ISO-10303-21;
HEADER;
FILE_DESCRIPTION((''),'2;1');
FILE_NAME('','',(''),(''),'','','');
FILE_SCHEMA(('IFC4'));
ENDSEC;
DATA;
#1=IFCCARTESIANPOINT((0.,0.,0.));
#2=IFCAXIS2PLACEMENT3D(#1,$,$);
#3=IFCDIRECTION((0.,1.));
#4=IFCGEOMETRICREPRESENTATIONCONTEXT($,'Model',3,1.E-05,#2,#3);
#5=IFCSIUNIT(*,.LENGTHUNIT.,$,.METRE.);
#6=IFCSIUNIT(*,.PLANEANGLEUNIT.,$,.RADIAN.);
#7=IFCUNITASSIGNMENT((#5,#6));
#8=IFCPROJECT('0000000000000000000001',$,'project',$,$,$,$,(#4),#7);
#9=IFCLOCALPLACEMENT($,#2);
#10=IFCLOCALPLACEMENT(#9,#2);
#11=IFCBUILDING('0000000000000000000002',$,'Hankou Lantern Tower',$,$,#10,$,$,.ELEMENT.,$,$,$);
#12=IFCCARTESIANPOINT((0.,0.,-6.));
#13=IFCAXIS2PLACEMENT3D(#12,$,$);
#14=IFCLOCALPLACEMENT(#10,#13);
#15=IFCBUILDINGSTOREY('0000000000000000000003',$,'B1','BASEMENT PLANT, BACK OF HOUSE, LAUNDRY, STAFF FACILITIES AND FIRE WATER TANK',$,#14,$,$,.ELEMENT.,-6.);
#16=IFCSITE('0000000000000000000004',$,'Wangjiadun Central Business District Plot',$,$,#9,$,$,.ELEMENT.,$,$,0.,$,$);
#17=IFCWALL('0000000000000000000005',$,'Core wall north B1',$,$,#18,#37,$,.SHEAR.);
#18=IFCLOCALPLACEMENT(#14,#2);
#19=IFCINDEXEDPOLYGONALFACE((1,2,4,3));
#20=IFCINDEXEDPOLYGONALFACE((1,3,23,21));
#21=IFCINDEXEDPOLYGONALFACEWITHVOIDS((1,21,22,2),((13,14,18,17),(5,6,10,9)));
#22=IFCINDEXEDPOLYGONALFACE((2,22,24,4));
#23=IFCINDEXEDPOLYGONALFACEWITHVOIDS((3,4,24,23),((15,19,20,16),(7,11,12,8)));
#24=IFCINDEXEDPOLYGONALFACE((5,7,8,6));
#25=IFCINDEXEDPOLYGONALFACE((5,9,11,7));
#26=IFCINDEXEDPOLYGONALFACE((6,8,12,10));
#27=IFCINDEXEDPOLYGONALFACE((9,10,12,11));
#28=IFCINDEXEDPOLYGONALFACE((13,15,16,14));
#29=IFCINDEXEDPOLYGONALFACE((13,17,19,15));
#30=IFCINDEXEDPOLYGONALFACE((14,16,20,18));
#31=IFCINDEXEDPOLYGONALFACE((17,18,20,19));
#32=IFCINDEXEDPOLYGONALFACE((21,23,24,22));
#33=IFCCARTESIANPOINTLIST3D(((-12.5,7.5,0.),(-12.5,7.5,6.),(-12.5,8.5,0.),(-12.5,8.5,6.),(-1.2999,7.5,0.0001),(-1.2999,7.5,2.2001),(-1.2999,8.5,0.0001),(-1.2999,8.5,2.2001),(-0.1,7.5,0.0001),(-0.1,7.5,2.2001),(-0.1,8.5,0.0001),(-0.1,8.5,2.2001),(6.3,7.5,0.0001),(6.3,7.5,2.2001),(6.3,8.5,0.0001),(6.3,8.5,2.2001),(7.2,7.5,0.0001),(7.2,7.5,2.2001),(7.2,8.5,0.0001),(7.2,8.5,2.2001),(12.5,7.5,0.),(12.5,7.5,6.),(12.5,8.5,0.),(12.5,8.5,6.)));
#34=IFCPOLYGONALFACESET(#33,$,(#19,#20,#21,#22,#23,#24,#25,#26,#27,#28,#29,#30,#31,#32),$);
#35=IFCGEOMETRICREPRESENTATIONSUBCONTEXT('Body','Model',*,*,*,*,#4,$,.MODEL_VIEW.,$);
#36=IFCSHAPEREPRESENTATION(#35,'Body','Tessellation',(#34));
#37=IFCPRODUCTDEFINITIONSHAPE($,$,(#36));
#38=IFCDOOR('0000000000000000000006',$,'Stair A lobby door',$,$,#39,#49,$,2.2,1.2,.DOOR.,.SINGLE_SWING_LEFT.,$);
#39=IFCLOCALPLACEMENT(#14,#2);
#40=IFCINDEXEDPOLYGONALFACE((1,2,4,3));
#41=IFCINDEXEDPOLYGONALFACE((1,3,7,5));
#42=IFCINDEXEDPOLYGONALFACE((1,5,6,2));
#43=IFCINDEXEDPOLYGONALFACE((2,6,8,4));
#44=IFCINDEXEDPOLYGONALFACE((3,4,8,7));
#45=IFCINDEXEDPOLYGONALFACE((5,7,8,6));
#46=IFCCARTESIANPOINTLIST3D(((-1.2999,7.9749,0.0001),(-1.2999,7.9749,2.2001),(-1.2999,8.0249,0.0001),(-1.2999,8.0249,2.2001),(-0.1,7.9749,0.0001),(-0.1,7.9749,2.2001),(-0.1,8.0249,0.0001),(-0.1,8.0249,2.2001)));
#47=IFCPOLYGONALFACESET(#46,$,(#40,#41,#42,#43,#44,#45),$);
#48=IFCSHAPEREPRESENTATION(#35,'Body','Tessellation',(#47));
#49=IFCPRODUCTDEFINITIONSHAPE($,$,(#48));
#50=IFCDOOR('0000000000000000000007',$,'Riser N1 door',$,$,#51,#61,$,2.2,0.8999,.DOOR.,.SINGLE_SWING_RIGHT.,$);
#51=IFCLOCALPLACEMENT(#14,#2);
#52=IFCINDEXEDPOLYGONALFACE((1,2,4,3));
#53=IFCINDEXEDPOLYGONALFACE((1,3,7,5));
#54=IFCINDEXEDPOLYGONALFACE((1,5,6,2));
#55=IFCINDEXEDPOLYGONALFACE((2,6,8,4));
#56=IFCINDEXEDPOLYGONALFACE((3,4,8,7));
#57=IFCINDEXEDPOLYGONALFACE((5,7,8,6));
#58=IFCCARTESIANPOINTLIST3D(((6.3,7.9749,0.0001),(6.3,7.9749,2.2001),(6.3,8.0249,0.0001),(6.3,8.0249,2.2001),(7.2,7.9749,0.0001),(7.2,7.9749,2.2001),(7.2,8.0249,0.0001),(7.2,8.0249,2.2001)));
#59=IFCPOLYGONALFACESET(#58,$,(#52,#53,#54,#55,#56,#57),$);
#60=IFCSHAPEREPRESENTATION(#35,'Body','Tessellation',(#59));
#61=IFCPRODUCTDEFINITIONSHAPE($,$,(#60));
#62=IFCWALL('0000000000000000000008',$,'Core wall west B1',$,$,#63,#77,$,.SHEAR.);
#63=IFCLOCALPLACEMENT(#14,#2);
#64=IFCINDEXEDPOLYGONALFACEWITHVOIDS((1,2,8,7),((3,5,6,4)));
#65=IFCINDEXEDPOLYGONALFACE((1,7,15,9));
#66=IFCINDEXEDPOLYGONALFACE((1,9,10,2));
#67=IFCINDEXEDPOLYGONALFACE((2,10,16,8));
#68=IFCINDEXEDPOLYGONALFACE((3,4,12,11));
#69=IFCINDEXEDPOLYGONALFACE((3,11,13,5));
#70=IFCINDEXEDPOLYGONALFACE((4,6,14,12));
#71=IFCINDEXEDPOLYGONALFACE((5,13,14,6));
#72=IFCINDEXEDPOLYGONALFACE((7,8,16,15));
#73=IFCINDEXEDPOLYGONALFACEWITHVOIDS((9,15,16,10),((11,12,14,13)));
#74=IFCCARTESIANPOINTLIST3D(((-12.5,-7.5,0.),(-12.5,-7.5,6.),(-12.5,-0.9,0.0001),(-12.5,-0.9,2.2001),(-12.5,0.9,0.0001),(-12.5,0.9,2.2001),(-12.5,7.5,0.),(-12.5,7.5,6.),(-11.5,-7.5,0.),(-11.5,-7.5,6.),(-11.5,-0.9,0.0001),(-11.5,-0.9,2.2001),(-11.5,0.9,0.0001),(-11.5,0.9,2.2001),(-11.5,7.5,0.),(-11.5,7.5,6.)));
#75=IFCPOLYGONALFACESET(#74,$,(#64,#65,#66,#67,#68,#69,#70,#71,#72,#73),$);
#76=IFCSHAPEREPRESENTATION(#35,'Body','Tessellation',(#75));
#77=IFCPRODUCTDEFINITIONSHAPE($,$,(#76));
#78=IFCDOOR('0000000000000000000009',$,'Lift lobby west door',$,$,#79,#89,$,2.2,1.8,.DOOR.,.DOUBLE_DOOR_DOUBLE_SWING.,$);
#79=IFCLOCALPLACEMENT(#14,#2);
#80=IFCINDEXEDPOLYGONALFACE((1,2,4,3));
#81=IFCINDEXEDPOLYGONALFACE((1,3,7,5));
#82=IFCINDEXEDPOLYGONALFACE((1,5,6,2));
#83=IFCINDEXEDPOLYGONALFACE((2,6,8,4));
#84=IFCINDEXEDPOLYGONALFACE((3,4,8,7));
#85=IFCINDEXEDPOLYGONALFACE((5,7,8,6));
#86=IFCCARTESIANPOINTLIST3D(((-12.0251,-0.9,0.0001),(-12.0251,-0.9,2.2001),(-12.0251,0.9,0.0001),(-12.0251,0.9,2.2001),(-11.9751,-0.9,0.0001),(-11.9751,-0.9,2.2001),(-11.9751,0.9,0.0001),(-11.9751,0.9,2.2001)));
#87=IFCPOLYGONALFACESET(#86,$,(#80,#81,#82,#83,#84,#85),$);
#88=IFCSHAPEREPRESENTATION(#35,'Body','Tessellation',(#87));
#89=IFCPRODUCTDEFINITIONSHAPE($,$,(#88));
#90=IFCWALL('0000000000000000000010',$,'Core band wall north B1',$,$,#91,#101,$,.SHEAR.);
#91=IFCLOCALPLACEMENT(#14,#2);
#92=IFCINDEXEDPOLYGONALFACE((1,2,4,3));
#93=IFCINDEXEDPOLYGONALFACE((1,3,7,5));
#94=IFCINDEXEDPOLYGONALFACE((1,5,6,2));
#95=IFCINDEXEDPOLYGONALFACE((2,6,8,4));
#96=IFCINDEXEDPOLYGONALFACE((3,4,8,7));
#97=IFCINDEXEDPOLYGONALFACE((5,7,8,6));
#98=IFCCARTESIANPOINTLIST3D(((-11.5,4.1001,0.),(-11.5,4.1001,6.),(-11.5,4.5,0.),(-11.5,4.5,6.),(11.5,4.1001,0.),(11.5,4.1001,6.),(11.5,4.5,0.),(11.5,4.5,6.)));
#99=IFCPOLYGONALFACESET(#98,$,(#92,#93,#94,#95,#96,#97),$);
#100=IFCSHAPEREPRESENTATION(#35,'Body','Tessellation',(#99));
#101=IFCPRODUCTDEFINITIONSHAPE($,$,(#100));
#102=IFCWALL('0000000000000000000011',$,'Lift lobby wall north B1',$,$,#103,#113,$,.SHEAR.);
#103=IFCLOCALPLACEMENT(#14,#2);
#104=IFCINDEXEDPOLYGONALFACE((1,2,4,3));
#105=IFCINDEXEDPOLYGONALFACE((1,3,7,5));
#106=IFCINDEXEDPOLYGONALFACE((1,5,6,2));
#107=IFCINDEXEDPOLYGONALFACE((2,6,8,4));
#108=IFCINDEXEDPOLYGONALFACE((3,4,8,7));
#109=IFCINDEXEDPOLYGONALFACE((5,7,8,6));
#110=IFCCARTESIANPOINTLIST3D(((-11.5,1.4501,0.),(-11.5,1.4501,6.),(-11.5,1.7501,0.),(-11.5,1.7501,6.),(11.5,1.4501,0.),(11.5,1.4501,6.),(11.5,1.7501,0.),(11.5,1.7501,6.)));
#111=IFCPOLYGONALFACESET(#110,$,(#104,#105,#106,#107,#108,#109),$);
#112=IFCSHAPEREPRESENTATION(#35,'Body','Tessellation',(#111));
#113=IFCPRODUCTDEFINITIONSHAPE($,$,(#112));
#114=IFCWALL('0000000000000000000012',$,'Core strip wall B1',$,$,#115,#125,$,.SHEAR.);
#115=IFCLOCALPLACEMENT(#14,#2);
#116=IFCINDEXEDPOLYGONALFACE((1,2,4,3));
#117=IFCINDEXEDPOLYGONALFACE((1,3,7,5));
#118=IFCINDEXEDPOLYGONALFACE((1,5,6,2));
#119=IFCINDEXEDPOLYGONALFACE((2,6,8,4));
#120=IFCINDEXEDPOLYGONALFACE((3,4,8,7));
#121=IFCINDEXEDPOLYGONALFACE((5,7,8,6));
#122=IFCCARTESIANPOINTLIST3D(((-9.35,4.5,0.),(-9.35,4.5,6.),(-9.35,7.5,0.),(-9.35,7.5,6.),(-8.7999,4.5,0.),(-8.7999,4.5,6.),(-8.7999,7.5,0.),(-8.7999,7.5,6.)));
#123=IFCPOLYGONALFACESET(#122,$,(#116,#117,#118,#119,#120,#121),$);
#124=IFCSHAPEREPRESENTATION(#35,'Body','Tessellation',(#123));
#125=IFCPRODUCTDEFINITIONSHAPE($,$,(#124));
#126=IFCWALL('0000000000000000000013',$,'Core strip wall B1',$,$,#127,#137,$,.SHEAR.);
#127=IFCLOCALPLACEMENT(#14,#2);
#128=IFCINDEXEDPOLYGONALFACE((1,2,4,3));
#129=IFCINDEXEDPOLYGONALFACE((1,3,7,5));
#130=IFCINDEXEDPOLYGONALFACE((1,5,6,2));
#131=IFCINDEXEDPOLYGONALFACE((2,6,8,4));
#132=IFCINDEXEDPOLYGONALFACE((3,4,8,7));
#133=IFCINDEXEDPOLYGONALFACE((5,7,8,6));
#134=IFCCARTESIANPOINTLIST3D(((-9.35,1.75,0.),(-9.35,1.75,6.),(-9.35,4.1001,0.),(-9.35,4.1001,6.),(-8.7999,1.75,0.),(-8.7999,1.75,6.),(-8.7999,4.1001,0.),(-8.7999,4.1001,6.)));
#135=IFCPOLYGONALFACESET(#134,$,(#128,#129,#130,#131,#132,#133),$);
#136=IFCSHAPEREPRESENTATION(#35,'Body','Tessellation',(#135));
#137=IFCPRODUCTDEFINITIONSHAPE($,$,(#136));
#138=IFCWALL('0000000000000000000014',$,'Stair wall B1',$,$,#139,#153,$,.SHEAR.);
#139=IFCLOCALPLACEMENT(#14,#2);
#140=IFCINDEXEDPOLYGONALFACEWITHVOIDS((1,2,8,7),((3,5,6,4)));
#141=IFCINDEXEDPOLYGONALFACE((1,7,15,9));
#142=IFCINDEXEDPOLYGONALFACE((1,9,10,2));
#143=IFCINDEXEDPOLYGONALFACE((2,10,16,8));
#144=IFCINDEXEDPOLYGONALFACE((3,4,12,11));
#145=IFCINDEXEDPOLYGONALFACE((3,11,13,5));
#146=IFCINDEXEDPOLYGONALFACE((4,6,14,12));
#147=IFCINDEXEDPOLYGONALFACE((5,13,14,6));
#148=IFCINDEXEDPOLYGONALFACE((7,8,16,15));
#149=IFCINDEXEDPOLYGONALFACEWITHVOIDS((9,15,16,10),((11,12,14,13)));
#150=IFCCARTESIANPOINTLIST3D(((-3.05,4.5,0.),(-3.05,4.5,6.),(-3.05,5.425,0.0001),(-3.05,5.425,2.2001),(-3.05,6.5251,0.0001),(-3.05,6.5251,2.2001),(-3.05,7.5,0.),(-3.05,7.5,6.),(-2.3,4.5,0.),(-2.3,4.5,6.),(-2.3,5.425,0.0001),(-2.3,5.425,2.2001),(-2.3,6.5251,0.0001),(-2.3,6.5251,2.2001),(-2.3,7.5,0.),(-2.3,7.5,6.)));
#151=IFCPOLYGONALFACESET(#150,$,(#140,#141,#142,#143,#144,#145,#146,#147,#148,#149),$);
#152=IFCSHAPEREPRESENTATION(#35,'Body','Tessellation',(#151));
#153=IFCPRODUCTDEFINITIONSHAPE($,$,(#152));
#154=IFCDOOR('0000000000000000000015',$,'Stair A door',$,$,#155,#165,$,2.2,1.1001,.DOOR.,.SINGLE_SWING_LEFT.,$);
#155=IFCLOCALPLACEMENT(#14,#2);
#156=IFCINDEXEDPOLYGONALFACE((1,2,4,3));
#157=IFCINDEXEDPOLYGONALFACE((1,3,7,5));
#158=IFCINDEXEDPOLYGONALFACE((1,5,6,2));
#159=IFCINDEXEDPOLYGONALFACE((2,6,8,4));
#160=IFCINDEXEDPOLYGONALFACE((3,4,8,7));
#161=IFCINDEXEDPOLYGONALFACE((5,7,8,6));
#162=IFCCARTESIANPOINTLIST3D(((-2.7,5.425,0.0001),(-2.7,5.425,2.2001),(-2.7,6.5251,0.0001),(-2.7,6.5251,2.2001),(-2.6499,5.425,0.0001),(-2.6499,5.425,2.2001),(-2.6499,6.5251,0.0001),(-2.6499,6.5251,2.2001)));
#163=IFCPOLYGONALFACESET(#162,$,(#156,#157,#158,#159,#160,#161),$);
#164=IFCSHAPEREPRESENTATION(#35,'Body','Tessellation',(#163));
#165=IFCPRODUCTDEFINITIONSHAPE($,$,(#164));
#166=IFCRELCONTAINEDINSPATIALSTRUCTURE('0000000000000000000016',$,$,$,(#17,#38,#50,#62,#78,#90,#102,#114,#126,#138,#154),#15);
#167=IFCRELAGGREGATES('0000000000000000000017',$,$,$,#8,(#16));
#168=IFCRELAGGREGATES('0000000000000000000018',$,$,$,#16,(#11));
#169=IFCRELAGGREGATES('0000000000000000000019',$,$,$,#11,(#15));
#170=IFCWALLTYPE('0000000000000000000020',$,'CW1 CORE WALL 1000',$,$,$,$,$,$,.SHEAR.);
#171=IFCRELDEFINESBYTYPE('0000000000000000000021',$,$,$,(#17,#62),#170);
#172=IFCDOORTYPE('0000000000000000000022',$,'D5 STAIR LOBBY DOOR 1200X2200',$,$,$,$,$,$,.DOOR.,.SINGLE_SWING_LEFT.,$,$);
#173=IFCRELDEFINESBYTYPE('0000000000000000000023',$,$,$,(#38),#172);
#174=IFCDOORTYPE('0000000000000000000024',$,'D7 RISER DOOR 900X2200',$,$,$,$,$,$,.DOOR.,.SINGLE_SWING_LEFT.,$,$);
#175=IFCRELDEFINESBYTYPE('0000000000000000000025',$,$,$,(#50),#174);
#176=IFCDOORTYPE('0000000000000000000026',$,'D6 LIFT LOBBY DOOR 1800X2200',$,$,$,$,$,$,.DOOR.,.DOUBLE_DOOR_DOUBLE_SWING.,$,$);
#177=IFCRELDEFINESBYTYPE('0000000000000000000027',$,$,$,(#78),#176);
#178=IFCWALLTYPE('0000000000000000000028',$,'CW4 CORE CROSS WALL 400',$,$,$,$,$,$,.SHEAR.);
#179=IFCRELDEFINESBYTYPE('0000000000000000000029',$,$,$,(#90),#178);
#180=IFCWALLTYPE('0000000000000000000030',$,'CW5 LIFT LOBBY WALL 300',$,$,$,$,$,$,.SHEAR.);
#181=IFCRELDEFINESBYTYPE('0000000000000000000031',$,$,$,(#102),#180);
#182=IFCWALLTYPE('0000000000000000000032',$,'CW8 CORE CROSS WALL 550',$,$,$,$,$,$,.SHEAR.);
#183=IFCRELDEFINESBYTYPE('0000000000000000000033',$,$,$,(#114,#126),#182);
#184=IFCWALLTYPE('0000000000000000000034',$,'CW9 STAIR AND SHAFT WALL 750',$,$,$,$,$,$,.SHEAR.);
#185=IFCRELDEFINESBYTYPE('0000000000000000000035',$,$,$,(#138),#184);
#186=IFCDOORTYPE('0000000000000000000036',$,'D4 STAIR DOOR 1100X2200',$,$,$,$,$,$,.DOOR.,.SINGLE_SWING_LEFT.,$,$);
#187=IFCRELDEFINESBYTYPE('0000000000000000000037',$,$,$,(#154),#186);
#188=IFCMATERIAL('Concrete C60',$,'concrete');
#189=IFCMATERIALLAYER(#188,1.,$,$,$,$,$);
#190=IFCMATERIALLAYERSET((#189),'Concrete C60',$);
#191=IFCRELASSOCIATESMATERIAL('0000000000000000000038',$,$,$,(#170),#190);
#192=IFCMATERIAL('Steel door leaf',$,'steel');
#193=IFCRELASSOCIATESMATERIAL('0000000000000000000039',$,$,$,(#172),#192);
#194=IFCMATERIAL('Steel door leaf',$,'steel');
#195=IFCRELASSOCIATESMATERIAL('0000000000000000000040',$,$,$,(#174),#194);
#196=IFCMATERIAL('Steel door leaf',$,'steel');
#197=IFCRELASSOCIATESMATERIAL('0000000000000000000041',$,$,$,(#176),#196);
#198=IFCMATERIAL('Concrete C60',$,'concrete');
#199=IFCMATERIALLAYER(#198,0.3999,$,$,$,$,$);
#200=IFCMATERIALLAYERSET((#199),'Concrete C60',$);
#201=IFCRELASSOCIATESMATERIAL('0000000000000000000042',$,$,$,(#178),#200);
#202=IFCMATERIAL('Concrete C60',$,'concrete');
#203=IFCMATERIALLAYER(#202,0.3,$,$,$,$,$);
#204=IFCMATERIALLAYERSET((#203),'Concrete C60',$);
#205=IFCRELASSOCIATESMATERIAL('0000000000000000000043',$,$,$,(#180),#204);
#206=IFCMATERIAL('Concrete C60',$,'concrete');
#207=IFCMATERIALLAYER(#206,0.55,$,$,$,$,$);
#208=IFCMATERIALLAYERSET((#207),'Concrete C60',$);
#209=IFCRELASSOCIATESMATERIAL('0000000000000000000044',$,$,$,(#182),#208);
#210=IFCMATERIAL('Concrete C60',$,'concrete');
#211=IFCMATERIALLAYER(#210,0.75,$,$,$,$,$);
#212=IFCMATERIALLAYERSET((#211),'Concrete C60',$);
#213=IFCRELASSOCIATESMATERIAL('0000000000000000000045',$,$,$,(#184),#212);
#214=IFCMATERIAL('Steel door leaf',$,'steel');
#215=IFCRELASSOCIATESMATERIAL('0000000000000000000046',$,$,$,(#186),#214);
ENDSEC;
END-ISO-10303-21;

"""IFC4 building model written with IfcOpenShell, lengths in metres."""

from ifc_helpers import new_model, si_unit, direction, frame, frame_2d, origin, place, context, subcontext, project, spatial, rectangle, extrude, material, layer, layer_set, type_object, element, fill, save


model = new_model("IFC4")

# Units and contexts
model_context = context("Model", 3, precision=1e-05, world=origin(), true_north=direction((0.0, 1.0)))
body_context = subcontext(model_context, "Body", "Model", "MODEL_VIEW")
ifc_project = project(units=[si_unit("LENGTHUNIT", "METRE"), si_unit("PLANEANGLEUNIT", "RADIAN")], contexts=[model_context])

# Site, building, storey
site_placement = place(None, origin())
site = spatial("IfcSite", under=ifc_project, at=site_placement, Name="Wangjiadun Central Business District Plot", CompositionType="ELEMENT", RefElevation=0.0)
building_placement = place(site_placement, origin())
building = spatial("IfcBuilding", under=site, at=building_placement, Name="Hankou Lantern Tower", CompositionType="ELEMENT")
storey_placement = place(building_placement, frame((0.0, 0.0, -6.0)))
storey = spatial("IfcBuildingStorey", under=building, at=storey_placement, Name="B1", Description="BASEMENT PLANT, BACK OF HOUSE, LAUNDRY, STAFF FACILITIES AND FIRE WATER TANK", CompositionType="ELEMENT", Elevation=-6.0)

# Wall, openings, doors
ifc_material_1 = material(Name="Concrete C60", Category="concrete")
ifc_layer_1 = layer(ifc_material_1, 1.0)
ifc_layer_set_1 = layer_set([ifc_layer_1], Name="Concrete C60")
wall_type_1 = type_object("IfcWallType", Name="CW1 CORE WALL 1000", PredefinedType="SHEAR", material=ifc_layer_set_1)
wall_1_placement = place(storey_placement, frame((-12.5, 8.0, 0.0), z_axis=(0.0, 0.0, 1.0), x_axis=(1.0, 0.0, 0.0)))
wall_1 = element("IfcWall", 1, at=wall_1_placement, inside=storey, type_object=wall_type_1, Name="Core wall north B1", PredefinedType="SHEAR", context=body_context, shape_type="SweptSolid", body=[
    extrude(rectangle(XDim=25.0, YDim=1.0, at=frame_2d((12.5, 0.0))), origin(), (0.0, 0.0, 1.0), 6.0),
])
opening_1_placement = place(wall_1_placement, frame((11.2, 0.0, 0.0)))
opening_1 = element("IfcOpeningElement", 2, at=opening_1_placement, cuts=wall_1, PredefinedType="OPENING", context=body_context, shape_type="SweptSolid", body=[
    extrude(rectangle(XDim=1.2, YDim=2.2, at=frame_2d((0.6001, 1.1001))), frame((0.0, 0.51, 0.0), z_axis=(0.0, -1.0, 0.0), x_axis=(1.0, 0.0, 0.0)), (0.0, 0.0, 1.0), 1.02),
])
opening_2_placement = place(wall_1_placement, frame((18.8, 0.0, 0.0)))
opening_2 = element("IfcOpeningElement", 3, at=opening_2_placement, cuts=wall_1, PredefinedType="OPENING", context=body_context, shape_type="SweptSolid", body=[
    extrude(rectangle(XDim=0.8999, YDim=2.2, at=frame_2d((0.45, 1.1001))), frame((0.0, 0.51, 0.0), z_axis=(0.0, -1.0, 0.0), x_axis=(1.0, 0.0, 0.0)), (0.0, 0.0, 1.0), 1.02),
])
ifc_material_2 = material(Name="Steel door leaf", Category="steel")
door_type_1 = type_object("IfcDoorType", Name="D5 STAIR LOBBY DOOR 1200X2200", OperationType="SINGLE_SWING_LEFT", PredefinedType="DOOR", material=ifc_material_2)
door_1_placement = place(opening_1_placement, origin())
door_1 = element("IfcDoor", 4, at=door_1_placement, inside=storey, type_object=door_type_1, Name="Stair A lobby door", OperationType="SINGLE_SWING_LEFT", OverallHeight=2.2, OverallWidth=1.2, PredefinedType="DOOR", context=body_context, shape_type="SweptSolid", body=[
    extrude(rectangle(XDim=1.2, YDim=2.2, at=frame_2d((0.6001, 1.1001))), frame((0.0, 0.0249, 0.0), z_axis=(0.0, -1.0, 0.0), x_axis=(1.0, 0.0, 0.0)), (0.0, 0.0, 1.0), 0.05),
])
fill(opening_1, door_1)
ifc_material_3 = material(Name="Steel door leaf", Category="steel")
door_type_2 = type_object("IfcDoorType", Name="D7 RISER DOOR 900X2200", OperationType="SINGLE_SWING_LEFT", PredefinedType="DOOR", material=ifc_material_3)
door_2_placement = place(opening_2_placement, origin())
door_2 = element("IfcDoor", 5, at=door_2_placement, inside=storey, type_object=door_type_2, Name="Riser N1 door", OperationType="SINGLE_SWING_RIGHT", OverallHeight=2.2, OverallWidth=0.8999, PredefinedType="DOOR", context=body_context, shape_type="SweptSolid", body=[
    extrude(rectangle(XDim=0.8999, YDim=2.2, at=frame_2d((0.45, 1.1001))), frame((0.0, 0.0249, 0.0), z_axis=(0.0, -1.0, 0.0), x_axis=(1.0, 0.0, 0.0)), (0.0, 0.0, 1.0), 0.05),
])
fill(opening_2, door_2)

# Wall, opening, door
wall_2_placement = place(storey_placement, frame((-12.0, 7.5, 0.0), z_axis=(0.0, 0.0, 1.0), x_axis=(0.0, -1.0, 0.0)))
wall_2 = element("IfcWall", 6, at=wall_2_placement, inside=storey, type_object=wall_type_1, Name="Core wall west B1", PredefinedType="SHEAR", context=body_context, shape_type="SweptSolid", body=[
    extrude(rectangle(XDim=15.0, YDim=1.0, at=frame_2d((7.5, 0.0))), origin(), (0.0, 0.0, 1.0), 6.0),
])
opening_3_placement = place(wall_2_placement, frame((6.6001, 0.0, 0.0)))
opening_3 = element("IfcOpeningElement", 7, at=opening_3_placement, cuts=wall_2, PredefinedType="OPENING", context=body_context, shape_type="SweptSolid", body=[
    extrude(rectangle(XDim=1.8, YDim=2.2, at=frame_2d((0.8999, 1.1001))), frame((0.0, 0.51, 0.0), z_axis=(0.0, -1.0, 0.0), x_axis=(1.0, 0.0, 0.0)), (0.0, 0.0, 1.0), 1.02),
])
ifc_material_4 = material(Name="Steel door leaf", Category="steel")
door_type_3 = type_object("IfcDoorType", Name="D6 LIFT LOBBY DOOR 1800X2200", OperationType="DOUBLE_DOOR_DOUBLE_SWING", PredefinedType="DOOR", material=ifc_material_4)
door_3_placement = place(opening_3_placement, origin())
door_3 = element("IfcDoor", 8, at=door_3_placement, inside=storey, type_object=door_type_3, Name="Lift lobby west door", OperationType="DOUBLE_DOOR_DOUBLE_SWING", OverallHeight=2.2, OverallWidth=1.8, PredefinedType="DOOR", context=body_context, shape_type="SweptSolid", body=[
    extrude(rectangle(XDim=1.8, YDim=2.2, at=frame_2d((0.8999, 1.1001))), frame((0.0, 0.0249, 0.0), z_axis=(0.0, -1.0, 0.0), x_axis=(1.0, 0.0, 0.0)), (0.0, 0.0, 1.0), 0.05),
])
fill(opening_3, door_3)

# Walls
ifc_material_5 = material(Name="Concrete C60", Category="concrete")
ifc_layer_2 = layer(ifc_material_5, 0.3999)
ifc_layer_set_2 = layer_set([ifc_layer_2], Name="Concrete C60")
wall_type_2 = type_object("IfcWallType", Name="CW4 CORE CROSS WALL 400", PredefinedType="SHEAR", material=ifc_layer_set_2)
wall_3_placement = place(storey_placement, frame((-11.5, 4.3, 0.0), z_axis=(0.0, 0.0, 1.0), x_axis=(1.0, 0.0, 0.0)))
element("IfcWall", 9, at=wall_3_placement, inside=storey, type_object=wall_type_2, Name="Core band wall north B1", PredefinedType="SHEAR", context=body_context, shape_type="SweptSolid", body=[
    extrude(rectangle(XDim=23.0, YDim=0.3999, at=frame_2d((11.5, 0.0))), origin(), (0.0, 0.0, 1.0), 6.0),
])
ifc_material_6 = material(Name="Concrete C60", Category="concrete")
ifc_layer_3 = layer(ifc_material_6, 0.3)
ifc_layer_set_3 = layer_set([ifc_layer_3], Name="Concrete C60")
wall_type_3 = type_object("IfcWallType", Name="CW5 LIFT LOBBY WALL 300", PredefinedType="SHEAR", material=ifc_layer_set_3)
wall_4_placement = place(storey_placement, frame((-11.5, 1.6001, 0.0), z_axis=(0.0, 0.0, 1.0), x_axis=(1.0, 0.0, 0.0)))
element("IfcWall", 10, at=wall_4_placement, inside=storey, type_object=wall_type_3, Name="Lift lobby wall north B1", PredefinedType="SHEAR", context=body_context, shape_type="SweptSolid", body=[
    extrude(rectangle(XDim=23.0, YDim=0.3, at=frame_2d((11.5, 0.0))), origin(), (0.0, 0.0, 1.0), 6.0),
])
ifc_material_7 = material(Name="Concrete C60", Category="concrete")
ifc_layer_4 = layer(ifc_material_7, 0.55)
ifc_layer_set_4 = layer_set([ifc_layer_4], Name="Concrete C60")
wall_type_4 = type_object("IfcWallType", Name="CW8 CORE CROSS WALL 550", PredefinedType="SHEAR", material=ifc_layer_set_4)
wall_5_placement = place(storey_placement, frame((-9.075, 4.5, 0.0), z_axis=(0.0, 0.0, 1.0), x_axis=(0.0, 1.0, 0.0)))
element("IfcWall", 11, at=wall_5_placement, inside=storey, type_object=wall_type_4, Name="Core strip wall B1", PredefinedType="SHEAR", context=body_context, shape_type="SweptSolid", body=[
    extrude(rectangle(XDim=3.0, YDim=0.55, at=frame_2d((1.5, 0.0))), origin(), (0.0, 0.0, 1.0), 6.0),
])
wall_6_placement = place(storey_placement, frame((-9.075, 1.75, 0.0), z_axis=(0.0, 0.0, 1.0), x_axis=(0.0, 1.0, 0.0)))
element("IfcWall", 12, at=wall_6_placement, inside=storey, type_object=wall_type_4, Name="Core strip wall B1", PredefinedType="SHEAR", context=body_context, shape_type="SweptSolid", body=[
    extrude(rectangle(XDim=2.3501, YDim=0.55, at=frame_2d((1.175, 0.0))), origin(), (0.0, 0.0, 1.0), 6.0),
])

# Wall, opening, door
ifc_material_8 = material(Name="Concrete C60", Category="concrete")
ifc_layer_5 = layer(ifc_material_8, 0.75)
ifc_layer_set_5 = layer_set([ifc_layer_5], Name="Concrete C60")
wall_type_5 = type_object("IfcWallType", Name="CW9 STAIR AND SHAFT WALL 750", PredefinedType="SHEAR", material=ifc_layer_set_5)
wall_7_placement = place(storey_placement, frame((-2.675, 4.5, 0.0), z_axis=(0.0, 0.0, 1.0), x_axis=(0.0, 1.0, 0.0)))
wall_7 = element("IfcWall", 13, at=wall_7_placement, inside=storey, type_object=wall_type_5, Name="Stair wall B1", PredefinedType="SHEAR", context=body_context, shape_type="SweptSolid", body=[
    extrude(rectangle(XDim=3.0, YDim=0.75, at=frame_2d((1.5, 0.0))), origin(), (0.0, 0.0, 1.0), 6.0),
])
opening_4_placement = place(wall_7_placement, frame((0.925, 0.0, 0.0)))
opening_4 = element("IfcOpeningElement", 14, at=opening_4_placement, cuts=wall_7, PredefinedType="OPENING", context=body_context, shape_type="SweptSolid", body=[
    extrude(rectangle(XDim=1.1001, YDim=2.2, at=frame_2d((0.55, 1.1001))), frame((0.0, 0.385, 0.0), z_axis=(0.0, -1.0, 0.0), x_axis=(1.0, 0.0, 0.0)), (0.0, 0.0, 1.0), 0.77),
])
ifc_material_9 = material(Name="Steel door leaf", Category="steel")
door_type_4 = type_object("IfcDoorType", Name="D4 STAIR DOOR 1100X2200", OperationType="SINGLE_SWING_LEFT", PredefinedType="DOOR", material=ifc_material_9)
door_4_placement = place(opening_4_placement, origin())
door_4 = element("IfcDoor", 15, at=door_4_placement, inside=storey, type_object=door_type_4, Name="Stair A door", OperationType="SINGLE_SWING_LEFT", OverallHeight=2.2, OverallWidth=1.1001, PredefinedType="DOOR", context=body_context, shape_type="SweptSolid", body=[
    extrude(rectangle(XDim=1.1001, YDim=2.2, at=frame_2d((0.55, 1.1001))), frame((0.0, 0.0249, 0.0), z_axis=(0.0, -1.0, 0.0), x_axis=(1.0, 0.0, 0.0)), (0.0, 0.0, 1.0), 0.05),
])
fill(opening_4, door_4)

save(model, "model.ifc")
